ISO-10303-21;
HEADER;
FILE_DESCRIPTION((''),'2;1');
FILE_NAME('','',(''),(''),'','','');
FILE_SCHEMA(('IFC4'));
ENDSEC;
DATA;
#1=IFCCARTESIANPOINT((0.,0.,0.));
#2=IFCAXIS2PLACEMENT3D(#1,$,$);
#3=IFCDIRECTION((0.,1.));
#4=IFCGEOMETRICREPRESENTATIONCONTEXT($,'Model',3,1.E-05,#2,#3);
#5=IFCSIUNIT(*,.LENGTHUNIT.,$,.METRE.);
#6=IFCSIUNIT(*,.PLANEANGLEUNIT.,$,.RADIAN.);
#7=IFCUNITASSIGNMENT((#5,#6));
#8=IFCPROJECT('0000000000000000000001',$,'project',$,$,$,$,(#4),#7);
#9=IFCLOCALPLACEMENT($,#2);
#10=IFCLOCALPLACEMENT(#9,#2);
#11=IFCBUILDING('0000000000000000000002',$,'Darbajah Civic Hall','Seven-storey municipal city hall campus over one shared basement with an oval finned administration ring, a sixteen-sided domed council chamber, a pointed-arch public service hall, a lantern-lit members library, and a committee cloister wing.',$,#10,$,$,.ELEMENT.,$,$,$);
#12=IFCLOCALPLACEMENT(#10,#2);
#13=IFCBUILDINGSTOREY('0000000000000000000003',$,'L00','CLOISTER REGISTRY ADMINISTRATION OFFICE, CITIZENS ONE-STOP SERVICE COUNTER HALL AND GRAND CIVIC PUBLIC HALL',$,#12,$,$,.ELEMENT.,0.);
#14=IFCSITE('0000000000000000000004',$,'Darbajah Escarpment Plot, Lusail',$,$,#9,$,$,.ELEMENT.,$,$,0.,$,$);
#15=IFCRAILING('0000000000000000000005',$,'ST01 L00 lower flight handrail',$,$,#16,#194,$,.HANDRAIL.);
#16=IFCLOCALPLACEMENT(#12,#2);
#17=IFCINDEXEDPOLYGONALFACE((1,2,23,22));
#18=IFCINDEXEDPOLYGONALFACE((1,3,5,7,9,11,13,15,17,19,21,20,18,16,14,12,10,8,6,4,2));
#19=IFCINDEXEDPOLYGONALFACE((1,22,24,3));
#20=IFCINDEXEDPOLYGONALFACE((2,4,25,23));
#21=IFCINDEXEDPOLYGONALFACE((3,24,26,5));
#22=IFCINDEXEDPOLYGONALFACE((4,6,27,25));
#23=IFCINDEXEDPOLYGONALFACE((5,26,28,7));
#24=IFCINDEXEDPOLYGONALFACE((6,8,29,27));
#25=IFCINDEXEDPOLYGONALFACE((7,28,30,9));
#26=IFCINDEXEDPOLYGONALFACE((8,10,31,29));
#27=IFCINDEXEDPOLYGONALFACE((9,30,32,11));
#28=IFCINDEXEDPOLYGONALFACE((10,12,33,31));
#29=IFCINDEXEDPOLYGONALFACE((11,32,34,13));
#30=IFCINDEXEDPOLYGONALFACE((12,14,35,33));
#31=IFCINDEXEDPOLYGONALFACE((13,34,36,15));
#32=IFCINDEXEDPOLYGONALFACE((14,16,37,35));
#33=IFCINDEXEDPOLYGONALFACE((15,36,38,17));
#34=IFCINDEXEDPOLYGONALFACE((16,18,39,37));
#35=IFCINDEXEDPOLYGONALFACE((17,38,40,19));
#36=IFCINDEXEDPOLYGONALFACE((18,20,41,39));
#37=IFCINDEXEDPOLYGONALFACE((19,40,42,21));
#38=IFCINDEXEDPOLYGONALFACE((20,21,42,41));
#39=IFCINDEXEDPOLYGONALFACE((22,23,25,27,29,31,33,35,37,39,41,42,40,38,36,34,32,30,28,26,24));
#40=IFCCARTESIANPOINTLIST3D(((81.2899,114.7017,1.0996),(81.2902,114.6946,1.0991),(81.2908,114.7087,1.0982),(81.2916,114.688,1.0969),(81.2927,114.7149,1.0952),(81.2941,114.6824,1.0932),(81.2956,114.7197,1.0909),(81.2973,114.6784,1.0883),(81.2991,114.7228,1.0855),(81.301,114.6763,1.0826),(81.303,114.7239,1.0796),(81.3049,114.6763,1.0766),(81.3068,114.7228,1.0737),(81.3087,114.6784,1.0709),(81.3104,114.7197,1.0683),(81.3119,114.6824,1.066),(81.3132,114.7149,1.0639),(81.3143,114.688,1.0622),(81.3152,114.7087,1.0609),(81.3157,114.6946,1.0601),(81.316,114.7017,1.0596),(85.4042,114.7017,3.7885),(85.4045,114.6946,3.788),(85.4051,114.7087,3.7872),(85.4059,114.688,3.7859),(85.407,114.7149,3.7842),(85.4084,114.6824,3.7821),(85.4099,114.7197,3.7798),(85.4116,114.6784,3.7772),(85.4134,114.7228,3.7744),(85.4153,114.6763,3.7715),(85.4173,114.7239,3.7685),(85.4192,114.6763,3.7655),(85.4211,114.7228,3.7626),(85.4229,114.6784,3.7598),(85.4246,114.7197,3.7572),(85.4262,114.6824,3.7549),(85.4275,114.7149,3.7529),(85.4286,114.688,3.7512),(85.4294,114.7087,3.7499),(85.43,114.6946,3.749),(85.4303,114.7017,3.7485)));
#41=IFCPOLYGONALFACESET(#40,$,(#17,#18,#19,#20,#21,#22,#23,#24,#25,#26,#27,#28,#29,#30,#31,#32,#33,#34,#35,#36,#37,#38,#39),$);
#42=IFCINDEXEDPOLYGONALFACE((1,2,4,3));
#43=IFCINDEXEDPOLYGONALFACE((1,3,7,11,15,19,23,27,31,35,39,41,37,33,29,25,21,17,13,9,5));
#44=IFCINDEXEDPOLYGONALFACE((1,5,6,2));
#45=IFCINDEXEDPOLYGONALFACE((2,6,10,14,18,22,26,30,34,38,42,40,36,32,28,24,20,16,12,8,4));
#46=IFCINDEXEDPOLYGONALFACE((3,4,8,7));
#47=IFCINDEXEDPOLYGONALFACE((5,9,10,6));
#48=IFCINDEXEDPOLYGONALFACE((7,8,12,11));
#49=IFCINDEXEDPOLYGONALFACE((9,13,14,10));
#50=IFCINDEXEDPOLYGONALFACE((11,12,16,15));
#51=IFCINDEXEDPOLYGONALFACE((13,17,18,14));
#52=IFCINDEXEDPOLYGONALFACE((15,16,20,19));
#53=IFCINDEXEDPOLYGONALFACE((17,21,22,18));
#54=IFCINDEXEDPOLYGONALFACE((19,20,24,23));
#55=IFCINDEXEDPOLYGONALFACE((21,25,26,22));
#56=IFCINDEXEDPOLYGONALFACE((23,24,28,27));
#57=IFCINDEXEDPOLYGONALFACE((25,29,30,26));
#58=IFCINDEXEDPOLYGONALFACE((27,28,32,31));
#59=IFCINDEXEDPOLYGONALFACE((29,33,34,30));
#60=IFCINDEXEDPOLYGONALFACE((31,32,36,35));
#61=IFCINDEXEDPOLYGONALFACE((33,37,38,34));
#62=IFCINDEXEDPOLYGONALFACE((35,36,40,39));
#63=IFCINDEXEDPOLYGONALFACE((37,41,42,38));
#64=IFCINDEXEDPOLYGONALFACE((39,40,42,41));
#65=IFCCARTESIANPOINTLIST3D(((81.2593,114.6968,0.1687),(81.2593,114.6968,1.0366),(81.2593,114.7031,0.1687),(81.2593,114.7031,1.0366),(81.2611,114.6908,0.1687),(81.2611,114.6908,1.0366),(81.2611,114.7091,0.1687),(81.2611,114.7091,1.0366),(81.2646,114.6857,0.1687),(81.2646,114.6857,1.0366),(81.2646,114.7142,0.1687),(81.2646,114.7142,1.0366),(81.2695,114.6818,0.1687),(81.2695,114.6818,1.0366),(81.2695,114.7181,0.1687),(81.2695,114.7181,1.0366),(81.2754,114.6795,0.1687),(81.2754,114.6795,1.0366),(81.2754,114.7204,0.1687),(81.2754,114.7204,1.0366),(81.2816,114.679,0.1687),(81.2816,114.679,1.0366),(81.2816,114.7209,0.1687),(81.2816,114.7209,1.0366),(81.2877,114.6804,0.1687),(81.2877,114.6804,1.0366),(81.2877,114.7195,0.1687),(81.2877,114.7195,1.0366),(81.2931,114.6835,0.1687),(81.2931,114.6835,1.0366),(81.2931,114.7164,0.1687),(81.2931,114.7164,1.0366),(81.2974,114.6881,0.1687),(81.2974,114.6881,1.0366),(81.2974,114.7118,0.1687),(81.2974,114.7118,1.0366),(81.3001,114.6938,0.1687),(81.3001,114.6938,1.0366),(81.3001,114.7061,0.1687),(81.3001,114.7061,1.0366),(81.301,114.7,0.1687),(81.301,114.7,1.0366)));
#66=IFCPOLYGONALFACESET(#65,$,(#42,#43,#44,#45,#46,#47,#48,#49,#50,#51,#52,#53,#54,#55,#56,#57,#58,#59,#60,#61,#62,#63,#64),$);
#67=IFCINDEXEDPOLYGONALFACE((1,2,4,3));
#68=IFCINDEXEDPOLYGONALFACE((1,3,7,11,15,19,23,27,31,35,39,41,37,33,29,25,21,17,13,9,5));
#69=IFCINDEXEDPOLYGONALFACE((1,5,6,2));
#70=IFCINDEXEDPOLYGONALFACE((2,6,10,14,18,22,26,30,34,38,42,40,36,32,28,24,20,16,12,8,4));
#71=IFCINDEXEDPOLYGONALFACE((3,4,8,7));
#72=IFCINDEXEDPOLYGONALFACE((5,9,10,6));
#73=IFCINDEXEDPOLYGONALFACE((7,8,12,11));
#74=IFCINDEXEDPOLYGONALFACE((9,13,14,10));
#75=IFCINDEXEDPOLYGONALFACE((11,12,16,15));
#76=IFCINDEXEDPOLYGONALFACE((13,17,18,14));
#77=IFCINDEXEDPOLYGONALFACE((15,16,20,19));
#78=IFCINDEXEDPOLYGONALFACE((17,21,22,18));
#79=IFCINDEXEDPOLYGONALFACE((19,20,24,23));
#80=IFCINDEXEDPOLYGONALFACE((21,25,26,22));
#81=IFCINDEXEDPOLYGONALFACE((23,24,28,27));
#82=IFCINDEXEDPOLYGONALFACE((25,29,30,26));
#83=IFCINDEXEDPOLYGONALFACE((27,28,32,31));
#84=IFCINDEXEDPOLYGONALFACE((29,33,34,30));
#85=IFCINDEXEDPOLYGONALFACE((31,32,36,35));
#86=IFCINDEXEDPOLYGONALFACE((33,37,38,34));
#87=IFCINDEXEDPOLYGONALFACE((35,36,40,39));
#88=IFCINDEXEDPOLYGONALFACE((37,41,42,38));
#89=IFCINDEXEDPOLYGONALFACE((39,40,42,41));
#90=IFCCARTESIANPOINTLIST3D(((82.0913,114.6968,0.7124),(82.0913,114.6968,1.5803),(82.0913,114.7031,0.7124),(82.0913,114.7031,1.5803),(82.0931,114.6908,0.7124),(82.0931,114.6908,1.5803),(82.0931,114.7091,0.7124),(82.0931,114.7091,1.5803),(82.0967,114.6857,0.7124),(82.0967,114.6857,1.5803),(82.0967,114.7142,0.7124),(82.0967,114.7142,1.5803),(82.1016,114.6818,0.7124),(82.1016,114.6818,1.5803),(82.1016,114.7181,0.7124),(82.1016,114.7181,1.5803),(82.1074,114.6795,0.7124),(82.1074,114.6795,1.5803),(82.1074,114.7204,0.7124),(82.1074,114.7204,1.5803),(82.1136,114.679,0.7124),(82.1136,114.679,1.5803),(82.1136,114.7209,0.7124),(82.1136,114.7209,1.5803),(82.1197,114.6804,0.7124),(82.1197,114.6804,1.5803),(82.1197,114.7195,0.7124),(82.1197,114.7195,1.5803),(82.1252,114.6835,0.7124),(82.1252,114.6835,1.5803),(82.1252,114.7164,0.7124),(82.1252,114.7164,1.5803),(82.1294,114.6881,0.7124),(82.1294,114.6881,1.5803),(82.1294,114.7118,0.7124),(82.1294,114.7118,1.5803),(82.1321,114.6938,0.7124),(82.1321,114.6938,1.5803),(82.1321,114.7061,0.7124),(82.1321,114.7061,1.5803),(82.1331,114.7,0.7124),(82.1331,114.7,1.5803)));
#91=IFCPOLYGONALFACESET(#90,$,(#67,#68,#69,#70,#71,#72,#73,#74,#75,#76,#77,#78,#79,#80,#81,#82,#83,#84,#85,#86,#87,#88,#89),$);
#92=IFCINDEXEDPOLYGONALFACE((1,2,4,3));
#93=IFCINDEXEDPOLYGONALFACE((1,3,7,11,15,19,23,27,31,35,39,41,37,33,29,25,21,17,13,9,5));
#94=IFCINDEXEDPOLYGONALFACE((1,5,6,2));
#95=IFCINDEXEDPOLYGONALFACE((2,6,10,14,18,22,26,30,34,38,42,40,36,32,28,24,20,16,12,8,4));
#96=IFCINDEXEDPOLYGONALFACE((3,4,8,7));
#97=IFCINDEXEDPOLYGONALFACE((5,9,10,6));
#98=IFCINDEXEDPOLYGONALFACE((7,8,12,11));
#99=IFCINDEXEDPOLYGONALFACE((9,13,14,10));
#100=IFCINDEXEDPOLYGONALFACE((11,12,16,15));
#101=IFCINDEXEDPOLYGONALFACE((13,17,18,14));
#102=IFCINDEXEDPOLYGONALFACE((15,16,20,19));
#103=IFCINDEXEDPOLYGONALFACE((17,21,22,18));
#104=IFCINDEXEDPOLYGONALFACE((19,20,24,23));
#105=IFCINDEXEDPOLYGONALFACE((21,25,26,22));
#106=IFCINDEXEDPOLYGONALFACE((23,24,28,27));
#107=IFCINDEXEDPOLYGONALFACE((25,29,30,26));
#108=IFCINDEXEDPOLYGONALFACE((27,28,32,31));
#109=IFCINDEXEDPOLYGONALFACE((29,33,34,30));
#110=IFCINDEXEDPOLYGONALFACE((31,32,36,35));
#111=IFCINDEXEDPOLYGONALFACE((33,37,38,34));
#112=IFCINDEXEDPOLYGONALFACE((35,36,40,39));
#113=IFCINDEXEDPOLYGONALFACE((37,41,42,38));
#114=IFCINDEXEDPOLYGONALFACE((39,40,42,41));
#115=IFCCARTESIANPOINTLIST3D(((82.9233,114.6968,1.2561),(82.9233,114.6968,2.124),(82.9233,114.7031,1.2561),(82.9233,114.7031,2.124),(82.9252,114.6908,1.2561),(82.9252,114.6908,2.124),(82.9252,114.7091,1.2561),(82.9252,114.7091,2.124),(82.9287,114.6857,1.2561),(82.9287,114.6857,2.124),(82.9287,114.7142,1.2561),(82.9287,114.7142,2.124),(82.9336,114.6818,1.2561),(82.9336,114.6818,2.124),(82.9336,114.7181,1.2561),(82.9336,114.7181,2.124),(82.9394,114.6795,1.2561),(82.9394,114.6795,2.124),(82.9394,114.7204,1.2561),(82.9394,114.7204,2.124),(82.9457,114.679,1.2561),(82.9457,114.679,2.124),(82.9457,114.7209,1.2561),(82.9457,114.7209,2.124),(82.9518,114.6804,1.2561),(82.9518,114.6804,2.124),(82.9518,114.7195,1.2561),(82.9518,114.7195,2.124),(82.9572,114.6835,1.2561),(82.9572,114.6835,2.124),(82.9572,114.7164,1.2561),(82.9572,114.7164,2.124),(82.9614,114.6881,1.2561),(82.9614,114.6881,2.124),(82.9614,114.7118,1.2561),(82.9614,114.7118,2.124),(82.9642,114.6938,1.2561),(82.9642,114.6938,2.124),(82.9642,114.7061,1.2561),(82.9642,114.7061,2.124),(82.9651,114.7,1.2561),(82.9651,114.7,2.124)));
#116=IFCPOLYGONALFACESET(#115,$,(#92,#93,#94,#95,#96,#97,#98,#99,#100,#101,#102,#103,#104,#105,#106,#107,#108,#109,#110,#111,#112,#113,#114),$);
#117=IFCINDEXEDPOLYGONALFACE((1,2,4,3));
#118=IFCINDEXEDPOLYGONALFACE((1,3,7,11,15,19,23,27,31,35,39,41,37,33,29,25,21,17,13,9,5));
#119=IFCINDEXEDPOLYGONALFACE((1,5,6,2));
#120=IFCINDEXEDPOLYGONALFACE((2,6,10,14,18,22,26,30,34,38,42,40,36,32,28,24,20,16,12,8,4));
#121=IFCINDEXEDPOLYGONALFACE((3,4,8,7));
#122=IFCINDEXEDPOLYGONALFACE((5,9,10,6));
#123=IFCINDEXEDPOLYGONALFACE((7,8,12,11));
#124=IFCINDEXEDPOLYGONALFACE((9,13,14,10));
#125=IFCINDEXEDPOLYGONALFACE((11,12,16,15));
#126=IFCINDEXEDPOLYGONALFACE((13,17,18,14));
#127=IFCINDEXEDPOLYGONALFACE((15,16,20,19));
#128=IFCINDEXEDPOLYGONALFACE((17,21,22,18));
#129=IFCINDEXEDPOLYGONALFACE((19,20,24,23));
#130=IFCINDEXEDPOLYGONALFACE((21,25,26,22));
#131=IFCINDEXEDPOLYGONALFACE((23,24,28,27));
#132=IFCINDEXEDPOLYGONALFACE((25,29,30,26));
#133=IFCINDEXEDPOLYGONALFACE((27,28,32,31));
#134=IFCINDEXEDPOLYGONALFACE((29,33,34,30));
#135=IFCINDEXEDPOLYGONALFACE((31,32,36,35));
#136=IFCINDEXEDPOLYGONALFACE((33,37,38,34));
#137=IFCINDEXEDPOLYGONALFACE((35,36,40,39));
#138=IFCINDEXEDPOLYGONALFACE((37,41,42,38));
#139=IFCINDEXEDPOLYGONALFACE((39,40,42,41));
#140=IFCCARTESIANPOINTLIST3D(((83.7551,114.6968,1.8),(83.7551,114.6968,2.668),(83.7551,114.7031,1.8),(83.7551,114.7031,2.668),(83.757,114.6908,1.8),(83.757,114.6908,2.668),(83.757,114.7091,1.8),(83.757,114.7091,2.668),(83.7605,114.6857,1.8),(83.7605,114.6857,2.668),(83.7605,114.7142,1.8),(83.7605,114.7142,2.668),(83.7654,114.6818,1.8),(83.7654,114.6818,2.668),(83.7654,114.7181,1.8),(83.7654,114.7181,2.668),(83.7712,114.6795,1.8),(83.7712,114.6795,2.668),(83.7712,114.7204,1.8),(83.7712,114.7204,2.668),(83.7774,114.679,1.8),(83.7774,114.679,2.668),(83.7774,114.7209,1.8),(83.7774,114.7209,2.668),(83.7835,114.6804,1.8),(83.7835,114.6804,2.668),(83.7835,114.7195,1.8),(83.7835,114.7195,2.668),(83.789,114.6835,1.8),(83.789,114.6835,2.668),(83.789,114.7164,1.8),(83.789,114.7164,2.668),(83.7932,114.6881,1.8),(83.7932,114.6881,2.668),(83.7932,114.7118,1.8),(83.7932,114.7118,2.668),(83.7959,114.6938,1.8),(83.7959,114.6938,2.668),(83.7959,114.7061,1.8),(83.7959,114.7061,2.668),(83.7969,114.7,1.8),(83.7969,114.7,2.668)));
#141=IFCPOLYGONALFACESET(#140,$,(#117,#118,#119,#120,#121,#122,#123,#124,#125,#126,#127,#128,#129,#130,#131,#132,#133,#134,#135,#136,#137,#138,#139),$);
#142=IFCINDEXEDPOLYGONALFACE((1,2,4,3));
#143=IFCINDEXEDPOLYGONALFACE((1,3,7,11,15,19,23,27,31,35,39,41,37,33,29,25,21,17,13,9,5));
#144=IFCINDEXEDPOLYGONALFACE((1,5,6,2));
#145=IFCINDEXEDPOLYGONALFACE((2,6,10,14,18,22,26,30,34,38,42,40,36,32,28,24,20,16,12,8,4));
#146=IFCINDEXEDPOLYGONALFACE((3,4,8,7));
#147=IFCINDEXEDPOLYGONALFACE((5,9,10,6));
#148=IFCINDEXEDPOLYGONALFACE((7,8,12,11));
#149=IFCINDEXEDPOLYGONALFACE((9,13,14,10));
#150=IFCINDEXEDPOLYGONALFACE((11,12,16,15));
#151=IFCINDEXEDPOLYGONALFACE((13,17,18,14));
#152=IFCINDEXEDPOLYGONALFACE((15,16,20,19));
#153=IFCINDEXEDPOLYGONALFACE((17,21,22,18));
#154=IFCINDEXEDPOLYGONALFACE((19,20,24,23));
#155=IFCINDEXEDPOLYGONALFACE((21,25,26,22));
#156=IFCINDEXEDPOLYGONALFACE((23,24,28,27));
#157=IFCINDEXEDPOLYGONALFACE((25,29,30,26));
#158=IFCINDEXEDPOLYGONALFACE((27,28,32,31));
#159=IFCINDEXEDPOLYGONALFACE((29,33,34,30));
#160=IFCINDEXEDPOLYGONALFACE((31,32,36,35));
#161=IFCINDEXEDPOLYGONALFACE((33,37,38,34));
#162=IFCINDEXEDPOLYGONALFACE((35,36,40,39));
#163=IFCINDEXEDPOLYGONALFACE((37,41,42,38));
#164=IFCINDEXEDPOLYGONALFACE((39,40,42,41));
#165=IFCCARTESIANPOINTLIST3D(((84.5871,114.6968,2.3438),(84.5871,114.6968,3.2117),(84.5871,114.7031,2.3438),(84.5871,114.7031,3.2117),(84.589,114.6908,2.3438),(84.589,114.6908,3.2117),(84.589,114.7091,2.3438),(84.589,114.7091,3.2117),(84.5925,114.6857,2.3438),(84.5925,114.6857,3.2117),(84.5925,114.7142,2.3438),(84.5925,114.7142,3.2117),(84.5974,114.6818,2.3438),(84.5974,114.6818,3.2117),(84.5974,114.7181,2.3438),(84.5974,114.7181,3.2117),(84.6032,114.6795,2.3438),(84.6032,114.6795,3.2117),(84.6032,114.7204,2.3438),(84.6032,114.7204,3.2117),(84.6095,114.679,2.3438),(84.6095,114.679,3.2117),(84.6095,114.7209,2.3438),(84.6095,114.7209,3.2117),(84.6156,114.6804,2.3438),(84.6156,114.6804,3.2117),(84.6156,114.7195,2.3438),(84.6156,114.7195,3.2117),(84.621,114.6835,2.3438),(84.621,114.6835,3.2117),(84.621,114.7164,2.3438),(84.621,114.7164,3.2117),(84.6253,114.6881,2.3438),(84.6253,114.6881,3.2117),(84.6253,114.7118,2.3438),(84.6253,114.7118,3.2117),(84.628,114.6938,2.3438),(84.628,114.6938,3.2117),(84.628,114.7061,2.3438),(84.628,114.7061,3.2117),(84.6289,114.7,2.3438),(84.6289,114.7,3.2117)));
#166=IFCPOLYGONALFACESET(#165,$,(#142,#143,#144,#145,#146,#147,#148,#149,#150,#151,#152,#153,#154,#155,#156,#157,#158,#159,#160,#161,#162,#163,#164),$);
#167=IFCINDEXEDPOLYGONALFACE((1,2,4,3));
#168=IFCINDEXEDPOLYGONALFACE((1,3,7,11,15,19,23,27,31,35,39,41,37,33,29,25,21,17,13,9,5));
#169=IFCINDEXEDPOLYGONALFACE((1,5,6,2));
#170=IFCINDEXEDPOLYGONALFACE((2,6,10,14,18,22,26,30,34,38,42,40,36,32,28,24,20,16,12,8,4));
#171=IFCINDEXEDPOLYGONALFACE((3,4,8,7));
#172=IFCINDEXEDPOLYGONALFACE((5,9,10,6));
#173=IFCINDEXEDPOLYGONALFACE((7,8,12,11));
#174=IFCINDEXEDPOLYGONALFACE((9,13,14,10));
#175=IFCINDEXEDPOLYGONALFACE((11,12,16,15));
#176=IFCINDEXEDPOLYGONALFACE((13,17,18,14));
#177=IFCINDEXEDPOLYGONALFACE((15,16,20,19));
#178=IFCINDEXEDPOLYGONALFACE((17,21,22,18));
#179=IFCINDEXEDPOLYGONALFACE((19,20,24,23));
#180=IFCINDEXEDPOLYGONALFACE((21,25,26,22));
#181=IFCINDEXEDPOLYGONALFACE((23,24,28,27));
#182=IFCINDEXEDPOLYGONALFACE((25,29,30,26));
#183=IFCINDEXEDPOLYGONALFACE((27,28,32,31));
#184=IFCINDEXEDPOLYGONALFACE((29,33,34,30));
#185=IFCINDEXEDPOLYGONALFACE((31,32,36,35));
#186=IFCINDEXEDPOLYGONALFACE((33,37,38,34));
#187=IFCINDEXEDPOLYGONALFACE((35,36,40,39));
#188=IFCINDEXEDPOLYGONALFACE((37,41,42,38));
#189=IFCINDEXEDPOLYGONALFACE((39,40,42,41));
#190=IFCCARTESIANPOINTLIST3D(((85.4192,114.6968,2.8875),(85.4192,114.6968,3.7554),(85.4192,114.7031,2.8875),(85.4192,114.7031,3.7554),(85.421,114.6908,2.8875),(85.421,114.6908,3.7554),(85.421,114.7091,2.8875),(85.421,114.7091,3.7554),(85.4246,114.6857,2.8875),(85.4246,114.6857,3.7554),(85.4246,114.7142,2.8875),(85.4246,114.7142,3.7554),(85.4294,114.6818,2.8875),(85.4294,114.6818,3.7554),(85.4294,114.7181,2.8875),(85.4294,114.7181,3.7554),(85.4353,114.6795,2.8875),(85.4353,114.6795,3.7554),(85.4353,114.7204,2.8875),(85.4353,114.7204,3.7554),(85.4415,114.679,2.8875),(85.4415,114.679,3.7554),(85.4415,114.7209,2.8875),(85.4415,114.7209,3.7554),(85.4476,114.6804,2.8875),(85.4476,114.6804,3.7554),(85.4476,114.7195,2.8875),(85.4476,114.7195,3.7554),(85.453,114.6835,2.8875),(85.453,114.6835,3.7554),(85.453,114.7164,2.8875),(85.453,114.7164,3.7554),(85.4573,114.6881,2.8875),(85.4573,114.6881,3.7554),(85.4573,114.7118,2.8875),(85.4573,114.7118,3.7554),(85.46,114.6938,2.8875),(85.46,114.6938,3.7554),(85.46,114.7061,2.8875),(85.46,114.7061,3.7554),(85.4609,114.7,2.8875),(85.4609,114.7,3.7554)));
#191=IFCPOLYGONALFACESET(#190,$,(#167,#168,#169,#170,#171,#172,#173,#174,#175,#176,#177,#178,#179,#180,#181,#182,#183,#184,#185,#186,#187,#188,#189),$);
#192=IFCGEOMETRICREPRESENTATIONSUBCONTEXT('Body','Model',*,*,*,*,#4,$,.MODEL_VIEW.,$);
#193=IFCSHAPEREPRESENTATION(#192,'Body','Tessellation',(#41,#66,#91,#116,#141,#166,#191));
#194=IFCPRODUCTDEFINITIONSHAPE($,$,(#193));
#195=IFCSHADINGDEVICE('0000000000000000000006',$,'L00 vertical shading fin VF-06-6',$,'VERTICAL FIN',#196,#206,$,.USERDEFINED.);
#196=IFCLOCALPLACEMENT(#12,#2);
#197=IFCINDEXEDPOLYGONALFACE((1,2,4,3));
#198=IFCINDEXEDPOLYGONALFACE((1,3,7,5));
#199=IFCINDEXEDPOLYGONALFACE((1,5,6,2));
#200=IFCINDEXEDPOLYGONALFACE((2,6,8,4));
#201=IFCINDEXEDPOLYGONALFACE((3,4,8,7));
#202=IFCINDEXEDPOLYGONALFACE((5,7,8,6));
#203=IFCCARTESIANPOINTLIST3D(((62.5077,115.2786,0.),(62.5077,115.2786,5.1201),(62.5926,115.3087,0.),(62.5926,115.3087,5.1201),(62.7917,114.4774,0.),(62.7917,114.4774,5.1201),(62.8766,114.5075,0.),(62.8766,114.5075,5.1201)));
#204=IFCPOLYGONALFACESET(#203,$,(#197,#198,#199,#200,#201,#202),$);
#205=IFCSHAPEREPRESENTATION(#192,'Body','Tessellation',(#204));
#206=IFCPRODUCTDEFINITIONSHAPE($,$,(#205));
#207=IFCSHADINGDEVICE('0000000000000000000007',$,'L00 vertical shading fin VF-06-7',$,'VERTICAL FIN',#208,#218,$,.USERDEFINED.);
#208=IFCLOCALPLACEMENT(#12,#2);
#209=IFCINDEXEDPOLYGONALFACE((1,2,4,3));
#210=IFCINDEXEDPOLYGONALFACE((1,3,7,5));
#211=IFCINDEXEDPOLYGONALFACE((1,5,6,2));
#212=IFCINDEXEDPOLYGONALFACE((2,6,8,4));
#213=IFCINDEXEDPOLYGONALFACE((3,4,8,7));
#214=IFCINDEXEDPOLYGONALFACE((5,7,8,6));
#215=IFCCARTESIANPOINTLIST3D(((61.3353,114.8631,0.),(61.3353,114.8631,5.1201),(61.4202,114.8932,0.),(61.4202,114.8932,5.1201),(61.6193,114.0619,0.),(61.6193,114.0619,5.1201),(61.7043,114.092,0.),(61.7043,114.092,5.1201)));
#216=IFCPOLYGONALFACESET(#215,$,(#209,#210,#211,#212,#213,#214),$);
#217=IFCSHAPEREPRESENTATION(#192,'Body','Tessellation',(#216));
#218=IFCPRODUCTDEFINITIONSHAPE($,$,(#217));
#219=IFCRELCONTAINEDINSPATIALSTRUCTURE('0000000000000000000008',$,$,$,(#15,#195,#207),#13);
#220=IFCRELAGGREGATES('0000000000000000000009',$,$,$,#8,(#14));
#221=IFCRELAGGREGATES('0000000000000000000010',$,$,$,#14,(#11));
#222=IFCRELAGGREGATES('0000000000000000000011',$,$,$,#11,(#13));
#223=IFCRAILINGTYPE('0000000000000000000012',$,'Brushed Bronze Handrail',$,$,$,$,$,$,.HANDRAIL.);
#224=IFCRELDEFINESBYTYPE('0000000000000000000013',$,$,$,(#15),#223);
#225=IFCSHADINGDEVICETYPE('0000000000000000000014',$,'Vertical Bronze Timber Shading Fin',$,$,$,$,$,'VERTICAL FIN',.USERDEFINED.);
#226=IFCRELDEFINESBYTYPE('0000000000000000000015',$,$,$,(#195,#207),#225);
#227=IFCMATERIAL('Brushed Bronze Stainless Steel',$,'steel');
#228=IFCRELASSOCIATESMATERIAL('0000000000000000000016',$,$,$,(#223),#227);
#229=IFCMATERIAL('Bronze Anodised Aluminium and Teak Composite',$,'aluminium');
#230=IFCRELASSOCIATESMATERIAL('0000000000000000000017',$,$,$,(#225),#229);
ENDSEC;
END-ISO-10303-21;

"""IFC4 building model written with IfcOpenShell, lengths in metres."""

from ifc_helpers import new_model, si_unit, direction, frame, origin, origin_2d, place, context, subcontext, project, spatial, rectangle, circle, extrude, material, type_object, element, save


model = new_model("IFC4")

# Units and contexts
model_context = context("Model", 3, precision=1e-05, world=origin(), true_north=direction((0.0, 1.0)))
body_context = subcontext(model_context, "Body", "Model", "MODEL_VIEW")
ifc_project = project(units=[si_unit("LENGTHUNIT", "METRE"), si_unit("PLANEANGLEUNIT", "RADIAN")], contexts=[model_context])

# Site, building, storey
site_placement = place(None, origin())
site = spatial("IfcSite", under=ifc_project, at=site_placement, Name="Darbajah Escarpment Plot, Lusail", CompositionType="ELEMENT", RefElevation=0.0)
building_placement = place(site_placement, origin())
building = spatial("IfcBuilding", under=site, at=building_placement, Name="Darbajah Civic Hall", Description="Seven-storey municipal city hall campus over one shared basement with an oval finned administration ring, a sixteen-sided domed council chamber, a pointed-arch public service hall, a lantern-lit members library, and a committee cloister wing.", CompositionType="ELEMENT")
storey_placement = place(building_placement, origin())
storey = spatial("IfcBuildingStorey", under=building, at=storey_placement, Name="L00", Description="CLOISTER REGISTRY ADMINISTRATION OFFICE, CITIZENS ONE-STOP SERVICE COUNTER HALL AND GRAND CIVIC PUBLIC HALL", CompositionType="ELEMENT", Elevation=0.0)

# Railing
ifc_material_1 = material(Name="Brushed Bronze Stainless Steel", Category="steel")
railing_type = type_object("IfcRailingType", Name="Brushed Bronze Handrail", PredefinedType="HANDRAIL", material=ifc_material_1)
railing_placement = place(storey_placement, frame((81.28, 114.7, 0.1687)))
element("IfcRailing", 1, at=railing_placement, inside=storey, type_object=railing_type, Name="ST01 L00 lower flight handrail", PredefinedType="HANDRAIL", context=body_context, shape_type="SweptSolid", body=[
    extrude(circle(Radius=0.0239, at=origin_2d()), frame((0.0229, 0.0, 0.9109), z_axis=(0.83708, 0.0, 0.547081), x_axis=(0.0, 1.0, 0.0)), (0.0, 0.0, 1.0), 4.915),
    extrude(circle(Radius=0.021, at=origin_2d()), origin(), (0.0, 0.0, 1.0), 0.8679),
    extrude(circle(Radius=0.021, at=origin_2d()), frame((0.832, 0.0, 0.5437)), (0.0, 0.0, 1.0), 0.8679),
    extrude(circle(Radius=0.021, at=origin_2d()), frame((1.6641, 0.0, 1.0874)), (0.0, 0.0, 1.0), 0.8679),
    extrude(circle(Radius=0.021, at=origin_2d()), frame((2.4958, 0.0, 1.6313)), (0.0, 0.0, 1.0), 0.8679),
    extrude(circle(Radius=0.021, at=origin_2d()), frame((3.3279, 0.0, 2.175)), (0.0, 0.0, 1.0), 0.8679),
    extrude(circle(Radius=0.021, at=origin_2d()), frame((4.1599, 0.0, 2.7188)), (0.0, 0.0, 1.0), 0.8679),
])

# Shading devices
ifc_material_2 = material(Name="Bronze Anodised Aluminium and Teak Composite", Category="aluminium")
shading_device_type = type_object("IfcShadingDeviceType", Name="Vertical Bronze Timber Shading Fin", ElementType="VERTICAL FIN", PredefinedType="USERDEFINED", material=ifc_material_2)
for number, where, z_axis, x_axis, name in (
    (2, (62.6921, 114.8931, 0.0), (0.0, 0.0, 1.0), (-0.334136, 0.942525, 0.0), "L00 vertical shading fin VF-06-6"),
    (3, (61.5198, 114.4775, 0.0), (0.0, 0.0, 1.0), (-0.334136, 0.942525, 0.0), "L00 vertical shading fin VF-06-7"),
):
    element("IfcShadingDevice", number, at=place(storey_placement, frame(where, z_axis=z_axis, x_axis=x_axis)), inside=storey, type_object=shading_device_type, Name=name, ObjectType="VERTICAL FIN", PredefinedType="USERDEFINED", context=body_context, shape_type="SweptSolid", body=[
        extrude(rectangle(XDim=0.8501, YDim=0.0901, at=origin_2d()), origin(), (0.0, 0.0, 1.0), 5.1201),
    ])

save(model, "model.ifc")
